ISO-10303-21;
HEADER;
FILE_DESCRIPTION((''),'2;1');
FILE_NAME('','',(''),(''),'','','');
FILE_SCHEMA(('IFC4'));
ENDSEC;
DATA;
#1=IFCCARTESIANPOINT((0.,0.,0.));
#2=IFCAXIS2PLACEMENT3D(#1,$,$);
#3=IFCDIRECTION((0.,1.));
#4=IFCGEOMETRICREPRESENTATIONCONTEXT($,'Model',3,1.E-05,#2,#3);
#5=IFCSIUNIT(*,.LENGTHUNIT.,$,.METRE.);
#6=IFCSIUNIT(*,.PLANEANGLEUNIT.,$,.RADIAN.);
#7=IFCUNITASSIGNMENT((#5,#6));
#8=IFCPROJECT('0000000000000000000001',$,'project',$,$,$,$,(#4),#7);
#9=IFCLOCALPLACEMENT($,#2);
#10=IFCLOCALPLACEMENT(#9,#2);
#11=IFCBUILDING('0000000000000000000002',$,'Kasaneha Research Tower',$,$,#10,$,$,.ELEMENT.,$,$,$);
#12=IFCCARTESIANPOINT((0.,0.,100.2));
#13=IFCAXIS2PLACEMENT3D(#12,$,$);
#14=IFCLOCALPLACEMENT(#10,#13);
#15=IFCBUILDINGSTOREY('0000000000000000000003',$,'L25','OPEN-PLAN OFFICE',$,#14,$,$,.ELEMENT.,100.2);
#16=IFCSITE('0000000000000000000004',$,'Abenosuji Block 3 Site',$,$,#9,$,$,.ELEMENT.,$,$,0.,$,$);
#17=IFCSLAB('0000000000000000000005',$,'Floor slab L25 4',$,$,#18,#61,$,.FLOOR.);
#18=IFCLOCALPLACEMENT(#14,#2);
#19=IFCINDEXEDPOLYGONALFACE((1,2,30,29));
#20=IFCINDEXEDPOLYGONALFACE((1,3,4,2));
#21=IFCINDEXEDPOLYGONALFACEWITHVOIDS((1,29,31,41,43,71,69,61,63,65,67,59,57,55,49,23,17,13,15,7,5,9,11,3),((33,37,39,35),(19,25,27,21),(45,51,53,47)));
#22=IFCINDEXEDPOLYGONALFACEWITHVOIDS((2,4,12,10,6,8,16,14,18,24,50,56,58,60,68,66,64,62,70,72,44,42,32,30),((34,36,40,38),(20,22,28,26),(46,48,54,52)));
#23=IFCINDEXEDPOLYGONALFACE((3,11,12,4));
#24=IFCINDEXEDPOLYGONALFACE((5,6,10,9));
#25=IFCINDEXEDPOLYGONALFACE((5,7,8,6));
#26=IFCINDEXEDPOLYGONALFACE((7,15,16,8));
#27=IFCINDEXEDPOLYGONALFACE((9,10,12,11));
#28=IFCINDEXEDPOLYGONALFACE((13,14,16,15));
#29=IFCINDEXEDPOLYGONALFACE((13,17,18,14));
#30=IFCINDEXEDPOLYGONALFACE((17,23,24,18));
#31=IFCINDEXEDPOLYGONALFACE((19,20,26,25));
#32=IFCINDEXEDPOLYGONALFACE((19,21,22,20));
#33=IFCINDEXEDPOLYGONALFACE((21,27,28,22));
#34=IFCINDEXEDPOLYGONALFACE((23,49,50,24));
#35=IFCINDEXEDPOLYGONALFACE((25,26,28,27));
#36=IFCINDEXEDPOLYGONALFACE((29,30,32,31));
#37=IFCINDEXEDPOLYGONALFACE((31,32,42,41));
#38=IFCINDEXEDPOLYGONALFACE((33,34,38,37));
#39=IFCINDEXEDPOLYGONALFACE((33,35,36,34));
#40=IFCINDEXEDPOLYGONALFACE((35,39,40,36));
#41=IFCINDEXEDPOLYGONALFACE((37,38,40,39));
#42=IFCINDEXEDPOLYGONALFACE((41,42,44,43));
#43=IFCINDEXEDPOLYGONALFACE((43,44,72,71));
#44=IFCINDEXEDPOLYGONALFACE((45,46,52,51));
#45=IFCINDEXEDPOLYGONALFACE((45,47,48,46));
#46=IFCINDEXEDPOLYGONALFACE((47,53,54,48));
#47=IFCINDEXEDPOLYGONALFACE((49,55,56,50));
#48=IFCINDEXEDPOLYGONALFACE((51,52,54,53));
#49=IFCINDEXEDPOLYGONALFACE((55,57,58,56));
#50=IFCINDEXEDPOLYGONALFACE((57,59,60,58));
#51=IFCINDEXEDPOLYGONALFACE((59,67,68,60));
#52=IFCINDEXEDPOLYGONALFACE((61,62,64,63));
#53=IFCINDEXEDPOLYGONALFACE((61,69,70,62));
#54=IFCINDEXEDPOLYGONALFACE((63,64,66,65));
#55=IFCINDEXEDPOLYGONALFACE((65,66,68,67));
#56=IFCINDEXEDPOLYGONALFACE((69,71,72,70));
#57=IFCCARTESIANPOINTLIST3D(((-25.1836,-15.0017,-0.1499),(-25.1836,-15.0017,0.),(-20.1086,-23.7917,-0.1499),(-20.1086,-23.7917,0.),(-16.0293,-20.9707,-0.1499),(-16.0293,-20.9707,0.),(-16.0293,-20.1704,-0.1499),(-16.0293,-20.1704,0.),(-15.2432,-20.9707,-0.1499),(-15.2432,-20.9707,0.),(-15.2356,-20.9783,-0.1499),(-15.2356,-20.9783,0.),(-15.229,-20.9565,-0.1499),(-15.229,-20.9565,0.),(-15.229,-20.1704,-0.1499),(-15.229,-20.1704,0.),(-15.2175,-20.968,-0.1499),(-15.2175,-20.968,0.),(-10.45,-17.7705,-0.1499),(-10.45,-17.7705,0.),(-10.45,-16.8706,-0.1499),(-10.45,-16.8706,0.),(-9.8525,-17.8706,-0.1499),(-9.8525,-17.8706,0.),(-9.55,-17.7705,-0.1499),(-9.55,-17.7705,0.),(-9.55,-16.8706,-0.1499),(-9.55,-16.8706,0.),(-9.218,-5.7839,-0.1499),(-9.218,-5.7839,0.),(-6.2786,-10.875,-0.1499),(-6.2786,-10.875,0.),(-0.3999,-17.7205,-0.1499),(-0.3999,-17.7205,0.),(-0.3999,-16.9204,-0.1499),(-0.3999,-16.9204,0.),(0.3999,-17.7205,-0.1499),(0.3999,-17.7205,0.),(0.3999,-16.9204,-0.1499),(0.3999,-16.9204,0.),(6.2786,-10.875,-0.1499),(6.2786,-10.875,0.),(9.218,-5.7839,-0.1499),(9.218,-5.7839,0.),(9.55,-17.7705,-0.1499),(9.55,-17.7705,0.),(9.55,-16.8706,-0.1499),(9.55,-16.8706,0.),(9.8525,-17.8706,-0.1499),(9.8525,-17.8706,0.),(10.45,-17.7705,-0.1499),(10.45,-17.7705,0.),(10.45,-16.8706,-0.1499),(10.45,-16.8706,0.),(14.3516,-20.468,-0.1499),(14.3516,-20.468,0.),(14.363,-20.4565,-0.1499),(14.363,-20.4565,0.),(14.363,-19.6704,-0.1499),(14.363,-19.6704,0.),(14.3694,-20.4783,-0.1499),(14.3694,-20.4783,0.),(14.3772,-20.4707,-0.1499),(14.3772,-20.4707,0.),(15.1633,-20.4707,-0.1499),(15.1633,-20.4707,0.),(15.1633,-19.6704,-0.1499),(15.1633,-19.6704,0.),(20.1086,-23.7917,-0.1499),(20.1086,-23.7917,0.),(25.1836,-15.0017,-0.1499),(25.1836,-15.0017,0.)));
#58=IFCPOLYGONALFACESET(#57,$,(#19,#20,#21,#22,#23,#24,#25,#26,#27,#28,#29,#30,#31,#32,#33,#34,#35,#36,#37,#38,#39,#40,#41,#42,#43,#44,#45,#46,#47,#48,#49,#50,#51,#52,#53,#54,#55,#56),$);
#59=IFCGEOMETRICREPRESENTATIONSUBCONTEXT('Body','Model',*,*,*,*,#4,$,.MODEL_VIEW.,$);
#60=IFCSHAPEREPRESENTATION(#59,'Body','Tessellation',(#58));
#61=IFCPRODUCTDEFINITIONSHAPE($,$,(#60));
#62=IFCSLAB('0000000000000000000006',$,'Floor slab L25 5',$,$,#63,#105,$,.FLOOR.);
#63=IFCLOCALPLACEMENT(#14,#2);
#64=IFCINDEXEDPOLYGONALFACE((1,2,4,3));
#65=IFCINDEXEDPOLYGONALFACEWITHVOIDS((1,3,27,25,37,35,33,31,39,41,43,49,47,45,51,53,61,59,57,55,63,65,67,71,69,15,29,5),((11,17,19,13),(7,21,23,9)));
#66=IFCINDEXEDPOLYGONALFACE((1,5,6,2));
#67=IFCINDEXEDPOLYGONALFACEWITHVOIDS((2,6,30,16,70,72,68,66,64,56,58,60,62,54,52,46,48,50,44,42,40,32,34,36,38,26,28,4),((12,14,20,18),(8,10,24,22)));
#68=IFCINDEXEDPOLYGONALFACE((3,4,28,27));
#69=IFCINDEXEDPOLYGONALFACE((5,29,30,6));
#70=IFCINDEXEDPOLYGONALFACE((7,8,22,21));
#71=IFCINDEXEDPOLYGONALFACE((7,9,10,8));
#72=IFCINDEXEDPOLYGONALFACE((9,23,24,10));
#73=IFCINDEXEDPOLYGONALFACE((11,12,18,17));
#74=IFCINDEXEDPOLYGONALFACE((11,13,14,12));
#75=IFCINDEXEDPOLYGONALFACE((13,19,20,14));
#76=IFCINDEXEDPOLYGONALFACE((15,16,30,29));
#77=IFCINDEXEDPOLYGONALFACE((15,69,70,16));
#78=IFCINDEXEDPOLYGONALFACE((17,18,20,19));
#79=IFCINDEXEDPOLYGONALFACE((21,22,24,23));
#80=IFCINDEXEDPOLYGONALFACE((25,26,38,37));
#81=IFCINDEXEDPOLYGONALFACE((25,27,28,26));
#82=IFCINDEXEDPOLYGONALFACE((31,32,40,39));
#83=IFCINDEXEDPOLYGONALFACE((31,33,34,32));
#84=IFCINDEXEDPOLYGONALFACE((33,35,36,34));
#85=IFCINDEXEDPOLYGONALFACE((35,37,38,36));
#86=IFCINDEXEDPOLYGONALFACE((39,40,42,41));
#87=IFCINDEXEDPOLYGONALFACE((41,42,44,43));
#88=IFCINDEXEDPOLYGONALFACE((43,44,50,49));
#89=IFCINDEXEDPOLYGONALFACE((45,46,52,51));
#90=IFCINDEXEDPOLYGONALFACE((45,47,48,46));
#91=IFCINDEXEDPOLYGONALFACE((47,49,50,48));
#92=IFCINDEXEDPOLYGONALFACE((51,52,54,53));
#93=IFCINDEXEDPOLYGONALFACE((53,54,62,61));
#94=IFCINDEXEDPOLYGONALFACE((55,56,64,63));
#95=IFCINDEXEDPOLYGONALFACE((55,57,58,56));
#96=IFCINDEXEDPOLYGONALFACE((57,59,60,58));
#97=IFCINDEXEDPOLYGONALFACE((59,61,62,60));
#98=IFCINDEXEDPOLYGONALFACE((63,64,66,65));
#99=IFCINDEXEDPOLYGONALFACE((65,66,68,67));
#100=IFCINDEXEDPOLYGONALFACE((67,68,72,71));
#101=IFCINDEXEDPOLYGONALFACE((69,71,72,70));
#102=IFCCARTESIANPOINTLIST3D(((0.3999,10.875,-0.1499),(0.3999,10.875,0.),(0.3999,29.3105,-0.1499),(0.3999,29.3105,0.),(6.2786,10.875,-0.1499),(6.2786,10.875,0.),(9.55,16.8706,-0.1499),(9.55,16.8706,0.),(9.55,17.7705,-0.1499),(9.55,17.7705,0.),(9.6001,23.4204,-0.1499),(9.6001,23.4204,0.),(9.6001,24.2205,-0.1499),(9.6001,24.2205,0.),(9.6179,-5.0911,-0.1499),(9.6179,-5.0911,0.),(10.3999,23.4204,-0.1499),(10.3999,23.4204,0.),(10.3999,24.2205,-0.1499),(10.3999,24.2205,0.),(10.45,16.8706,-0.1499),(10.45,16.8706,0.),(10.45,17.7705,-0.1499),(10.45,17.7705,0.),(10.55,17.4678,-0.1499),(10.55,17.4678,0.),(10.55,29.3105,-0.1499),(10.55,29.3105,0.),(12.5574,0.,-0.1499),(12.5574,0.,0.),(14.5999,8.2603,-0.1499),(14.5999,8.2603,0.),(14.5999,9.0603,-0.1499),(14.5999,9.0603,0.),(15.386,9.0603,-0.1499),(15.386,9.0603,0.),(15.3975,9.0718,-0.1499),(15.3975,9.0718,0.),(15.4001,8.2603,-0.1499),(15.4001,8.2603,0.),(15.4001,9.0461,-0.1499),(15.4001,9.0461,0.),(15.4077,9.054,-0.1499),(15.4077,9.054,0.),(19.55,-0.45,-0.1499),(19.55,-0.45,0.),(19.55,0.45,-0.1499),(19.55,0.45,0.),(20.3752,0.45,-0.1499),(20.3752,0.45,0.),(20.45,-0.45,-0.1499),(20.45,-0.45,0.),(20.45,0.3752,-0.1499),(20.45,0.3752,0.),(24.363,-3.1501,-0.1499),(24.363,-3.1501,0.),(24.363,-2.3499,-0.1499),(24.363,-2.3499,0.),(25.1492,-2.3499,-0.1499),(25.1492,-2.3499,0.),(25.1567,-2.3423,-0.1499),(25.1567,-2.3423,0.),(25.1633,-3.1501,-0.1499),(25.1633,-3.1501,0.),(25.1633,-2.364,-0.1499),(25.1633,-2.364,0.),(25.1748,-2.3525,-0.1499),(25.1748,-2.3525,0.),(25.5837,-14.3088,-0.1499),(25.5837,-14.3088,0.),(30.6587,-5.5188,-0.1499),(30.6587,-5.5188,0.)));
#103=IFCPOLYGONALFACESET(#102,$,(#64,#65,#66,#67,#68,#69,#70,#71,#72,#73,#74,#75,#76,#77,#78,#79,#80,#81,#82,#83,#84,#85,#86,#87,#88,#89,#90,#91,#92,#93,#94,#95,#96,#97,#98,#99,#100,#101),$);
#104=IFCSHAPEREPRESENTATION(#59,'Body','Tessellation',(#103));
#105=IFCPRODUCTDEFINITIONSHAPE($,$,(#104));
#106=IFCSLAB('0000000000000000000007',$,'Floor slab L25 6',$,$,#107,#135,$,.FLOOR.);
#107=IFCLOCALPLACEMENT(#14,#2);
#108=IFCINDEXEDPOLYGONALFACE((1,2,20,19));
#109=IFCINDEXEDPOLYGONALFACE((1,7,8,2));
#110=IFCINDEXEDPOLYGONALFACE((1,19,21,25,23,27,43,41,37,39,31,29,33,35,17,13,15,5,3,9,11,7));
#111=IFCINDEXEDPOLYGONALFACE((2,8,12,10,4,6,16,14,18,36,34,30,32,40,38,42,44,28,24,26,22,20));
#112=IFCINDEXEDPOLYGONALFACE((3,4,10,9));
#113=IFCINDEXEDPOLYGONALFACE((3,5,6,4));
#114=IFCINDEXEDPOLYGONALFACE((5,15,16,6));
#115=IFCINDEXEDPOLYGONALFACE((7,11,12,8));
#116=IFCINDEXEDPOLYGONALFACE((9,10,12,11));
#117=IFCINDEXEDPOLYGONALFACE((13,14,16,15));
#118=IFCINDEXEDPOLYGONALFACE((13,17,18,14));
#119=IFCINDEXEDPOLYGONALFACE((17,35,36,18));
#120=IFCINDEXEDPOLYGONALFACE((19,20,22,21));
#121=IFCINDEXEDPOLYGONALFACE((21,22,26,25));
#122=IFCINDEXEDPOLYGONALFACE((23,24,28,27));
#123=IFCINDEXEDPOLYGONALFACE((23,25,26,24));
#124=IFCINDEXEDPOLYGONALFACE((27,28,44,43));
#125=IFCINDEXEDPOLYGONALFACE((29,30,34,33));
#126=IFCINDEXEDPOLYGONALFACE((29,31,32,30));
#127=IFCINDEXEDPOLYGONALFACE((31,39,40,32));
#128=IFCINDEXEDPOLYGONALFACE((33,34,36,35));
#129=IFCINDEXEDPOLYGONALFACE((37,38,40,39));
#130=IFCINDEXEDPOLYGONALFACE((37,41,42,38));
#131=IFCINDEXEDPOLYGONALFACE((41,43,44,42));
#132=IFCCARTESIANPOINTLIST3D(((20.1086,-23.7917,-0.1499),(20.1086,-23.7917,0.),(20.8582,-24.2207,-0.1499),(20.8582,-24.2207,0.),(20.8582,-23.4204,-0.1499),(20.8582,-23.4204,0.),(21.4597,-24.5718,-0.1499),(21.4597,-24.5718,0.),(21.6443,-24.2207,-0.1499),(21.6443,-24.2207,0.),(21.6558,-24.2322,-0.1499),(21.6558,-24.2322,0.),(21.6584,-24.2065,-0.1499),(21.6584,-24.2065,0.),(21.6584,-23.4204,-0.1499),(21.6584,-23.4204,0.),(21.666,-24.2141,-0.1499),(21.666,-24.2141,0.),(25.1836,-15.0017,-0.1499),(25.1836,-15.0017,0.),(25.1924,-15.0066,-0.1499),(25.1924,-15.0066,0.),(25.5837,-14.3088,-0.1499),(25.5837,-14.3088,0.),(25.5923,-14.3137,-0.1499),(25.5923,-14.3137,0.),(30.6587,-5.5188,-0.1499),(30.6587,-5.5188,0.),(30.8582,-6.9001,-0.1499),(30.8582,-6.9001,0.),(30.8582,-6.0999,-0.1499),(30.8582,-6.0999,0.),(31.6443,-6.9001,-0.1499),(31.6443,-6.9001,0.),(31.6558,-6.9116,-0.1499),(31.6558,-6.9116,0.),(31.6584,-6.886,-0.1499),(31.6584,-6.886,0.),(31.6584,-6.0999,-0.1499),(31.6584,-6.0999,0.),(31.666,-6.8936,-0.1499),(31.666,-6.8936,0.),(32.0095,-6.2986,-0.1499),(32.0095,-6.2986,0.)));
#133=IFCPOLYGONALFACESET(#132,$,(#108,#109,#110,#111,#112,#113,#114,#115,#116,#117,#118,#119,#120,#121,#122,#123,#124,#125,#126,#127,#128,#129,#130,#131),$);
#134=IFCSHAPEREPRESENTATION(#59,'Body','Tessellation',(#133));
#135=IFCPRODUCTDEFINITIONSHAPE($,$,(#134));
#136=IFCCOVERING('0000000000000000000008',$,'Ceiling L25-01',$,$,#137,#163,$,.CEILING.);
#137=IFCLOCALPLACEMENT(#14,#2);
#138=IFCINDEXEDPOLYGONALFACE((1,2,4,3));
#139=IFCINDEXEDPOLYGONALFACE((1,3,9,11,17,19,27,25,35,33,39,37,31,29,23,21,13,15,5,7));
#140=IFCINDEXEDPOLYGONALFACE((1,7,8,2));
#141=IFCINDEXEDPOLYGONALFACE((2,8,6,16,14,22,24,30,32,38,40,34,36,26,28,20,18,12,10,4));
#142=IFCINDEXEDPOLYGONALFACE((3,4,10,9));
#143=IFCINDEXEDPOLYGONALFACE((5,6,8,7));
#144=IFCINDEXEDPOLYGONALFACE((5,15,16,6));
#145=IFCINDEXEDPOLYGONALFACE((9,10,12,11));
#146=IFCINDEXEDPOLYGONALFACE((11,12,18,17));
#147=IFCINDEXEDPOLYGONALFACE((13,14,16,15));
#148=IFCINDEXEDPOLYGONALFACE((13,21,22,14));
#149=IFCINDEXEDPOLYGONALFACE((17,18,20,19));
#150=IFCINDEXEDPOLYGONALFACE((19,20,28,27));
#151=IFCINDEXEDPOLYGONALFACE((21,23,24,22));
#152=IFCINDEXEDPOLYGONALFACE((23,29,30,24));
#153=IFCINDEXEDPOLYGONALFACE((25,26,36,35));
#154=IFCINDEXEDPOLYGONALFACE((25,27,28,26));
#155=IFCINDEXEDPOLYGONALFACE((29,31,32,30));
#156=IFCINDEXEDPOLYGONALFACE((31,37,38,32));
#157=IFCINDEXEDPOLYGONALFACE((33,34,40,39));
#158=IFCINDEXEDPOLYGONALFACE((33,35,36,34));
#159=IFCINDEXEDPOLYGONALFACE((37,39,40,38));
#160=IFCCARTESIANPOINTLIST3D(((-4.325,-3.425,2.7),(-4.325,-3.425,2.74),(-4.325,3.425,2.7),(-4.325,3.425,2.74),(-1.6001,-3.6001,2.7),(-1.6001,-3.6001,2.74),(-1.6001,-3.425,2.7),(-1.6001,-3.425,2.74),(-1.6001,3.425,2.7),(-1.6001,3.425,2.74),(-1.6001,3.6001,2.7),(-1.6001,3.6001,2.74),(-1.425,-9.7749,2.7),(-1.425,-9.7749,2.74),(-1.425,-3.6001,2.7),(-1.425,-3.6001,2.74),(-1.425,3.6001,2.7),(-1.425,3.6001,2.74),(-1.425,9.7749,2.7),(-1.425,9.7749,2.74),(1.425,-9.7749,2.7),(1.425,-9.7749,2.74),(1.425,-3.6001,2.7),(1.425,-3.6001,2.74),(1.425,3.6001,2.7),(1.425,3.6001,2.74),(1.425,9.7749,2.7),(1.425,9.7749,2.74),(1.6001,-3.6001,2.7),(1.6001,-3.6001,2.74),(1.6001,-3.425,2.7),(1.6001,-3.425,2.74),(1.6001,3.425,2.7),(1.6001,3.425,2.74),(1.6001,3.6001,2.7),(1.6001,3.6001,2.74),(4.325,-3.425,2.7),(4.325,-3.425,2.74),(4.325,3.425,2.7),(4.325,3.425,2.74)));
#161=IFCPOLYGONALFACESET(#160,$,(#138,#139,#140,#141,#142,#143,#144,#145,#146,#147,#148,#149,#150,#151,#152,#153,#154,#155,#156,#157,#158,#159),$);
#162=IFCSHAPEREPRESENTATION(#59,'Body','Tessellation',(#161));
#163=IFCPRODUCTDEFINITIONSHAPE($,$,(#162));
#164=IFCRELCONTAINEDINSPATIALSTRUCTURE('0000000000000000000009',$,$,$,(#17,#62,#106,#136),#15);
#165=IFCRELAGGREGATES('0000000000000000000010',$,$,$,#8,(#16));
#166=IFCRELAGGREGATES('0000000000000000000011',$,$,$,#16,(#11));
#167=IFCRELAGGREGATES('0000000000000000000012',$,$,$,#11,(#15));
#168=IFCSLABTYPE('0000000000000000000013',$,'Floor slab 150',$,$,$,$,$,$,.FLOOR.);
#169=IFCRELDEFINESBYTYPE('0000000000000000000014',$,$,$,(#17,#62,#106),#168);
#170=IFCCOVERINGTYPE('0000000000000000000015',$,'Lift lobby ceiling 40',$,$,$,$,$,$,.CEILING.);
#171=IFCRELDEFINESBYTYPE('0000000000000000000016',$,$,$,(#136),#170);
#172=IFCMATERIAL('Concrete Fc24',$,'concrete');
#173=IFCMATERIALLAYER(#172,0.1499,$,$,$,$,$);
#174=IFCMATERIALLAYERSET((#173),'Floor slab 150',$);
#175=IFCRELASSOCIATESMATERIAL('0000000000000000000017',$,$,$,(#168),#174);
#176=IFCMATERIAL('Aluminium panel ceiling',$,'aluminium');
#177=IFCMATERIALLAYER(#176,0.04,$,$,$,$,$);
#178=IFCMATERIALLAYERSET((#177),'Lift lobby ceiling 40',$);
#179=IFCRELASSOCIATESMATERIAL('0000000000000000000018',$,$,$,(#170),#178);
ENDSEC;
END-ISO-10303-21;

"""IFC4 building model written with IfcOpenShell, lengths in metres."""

from ifc_helpers import new_model, si_unit, direction, frame, origin, place, context, subcontext, project, spatial, polyline, outline, extrude, material, layer, layer_set, type_object, element, save


model = new_model("IFC4")

# Units and contexts
model_context = context("Model", 3, precision=1e-05, world=origin(), true_north=direction((0.0, 1.0)))
body_context = subcontext(model_context, "Body", "Model", "MODEL_VIEW")
ifc_project = project(units=[si_unit("LENGTHUNIT", "METRE"), si_unit("PLANEANGLEUNIT", "RADIAN")], contexts=[model_context])

# Site, building, storey
site_placement = place(None, origin())
site = spatial("IfcSite", under=ifc_project, at=site_placement, Name="Abenosuji Block 3 Site", CompositionType="ELEMENT", RefElevation=0.0)
building_placement = place(site_placement, origin())
building = spatial("IfcBuilding", under=site, at=building_placement, Name="Kasaneha Research Tower", CompositionType="ELEMENT")
storey_placement = place(building_placement, frame((0.0, 0.0, 100.2)))
storey = spatial("IfcBuildingStorey", under=building, at=storey_placement, Name="L25", Description="OPEN-PLAN OFFICE", CompositionType="ELEMENT", Elevation=100.2)

# Slabs
ifc_material_1 = material(Name="Concrete Fc24", Category="concrete")
ifc_layer_1 = layer(ifc_material_1, 0.1499)
ifc_layer_set_1 = layer_set([ifc_layer_1], Name="Floor slab 150")
slab_type_1 = type_object("IfcSlabType", Name="Floor slab 150", PredefinedType="FLOOR", material=ifc_layer_set_1)
slab_1_placement = place(storey_placement, frame((0.0, 0.0, -0.1499)))
element("IfcSlab", 1, at=slab_1_placement, inside=storey, type_object=slab_type_1, Name="Floor slab L25 4", PredefinedType="FLOOR", context=body_context, shape_type="SweptSolid", body=[
    extrude(outline(polyline([(-6.2786, -10.875), (6.2786, -10.875), (9.218, -5.7839), (25.1836, -15.0017), (20.1086, -23.7917), (14.3694, -20.4783), (14.3772, -20.4707), (15.1633, -20.4707), (15.1633, -19.6704), (14.363, -19.6704), (14.363, -20.4565), (14.3516, -20.468), (9.8525, -17.8706), (-9.8525, -17.8706), (-15.2175, -20.968), (-15.229, -20.9565), (-15.229, -20.1704), (-16.0293, -20.1704), (-16.0293, -20.9707), (-15.2432, -20.9707), (-15.2356, -20.9783), (-20.1086, -23.7917), (-25.1836, -15.0017), (-9.218, -5.7839), (-6.2786, -10.875)]), holes=[polyline([(0.3999, -17.7205), (0.3999, -16.9204), (-0.3999, -16.9204), (-0.3999, -17.7205), (0.3999, -17.7205)]), polyline([(-9.55, -16.8706), (-10.45, -16.8706), (-10.45, -17.7705), (-9.55, -17.7705), (-9.55, -16.8706)]), polyline([(10.45, -16.8706), (9.55, -16.8706), (9.55, -17.7705), (10.45, -17.7705), (10.45, -16.8706)])]), origin(), (0.0, 0.0, 1.0), 0.1499),
])
slab_2_placement = place(storey_placement, frame((0.0, 0.0, -0.1499)))
element("IfcSlab", 2, at=slab_2_placement, inside=storey, type_object=slab_type_1, Name="Floor slab L25 5", PredefinedType="FLOOR", context=body_context, shape_type="SweptSolid", body=[
    extrude(outline(polyline([(9.6179, -5.0911), (12.5574, 0.0), (6.2786, 10.875), (0.3999, 10.875), (0.3999, 29.3105), (10.55, 29.3105), (10.55, 17.4678), (15.3975, 9.0718), (15.386, 9.0603), (14.5999, 9.0603), (14.5999, 8.2603), (15.4001, 8.2603), (15.4001, 9.0461), (15.4077, 9.054), (20.3752, 0.45), (19.55, 0.45), (19.55, -0.45), (20.45, -0.45), (20.45, 0.3752), (25.1567, -2.3423), (25.1492, -2.3499), (24.363, -2.3499), (24.363, -3.1501), (25.1633, -3.1501), (25.1633, -2.364), (25.1748, -2.3525), (30.6587, -5.5188), (25.5837, -14.3088), (9.6179, -5.0911)]), holes=[polyline([(10.45, 16.8706), (10.45, 17.7705), (9.55, 17.7705), (9.55, 16.8706), (10.45, 16.8706)]), polyline([(10.3999, 23.4204), (10.3999, 24.2205), (9.6001, 24.2205), (9.6001, 23.4204), (10.3999, 23.4204)])]), origin(), (0.0, 0.0, 1.0), 0.1499),
])
slab_3_placement = place(storey_placement, frame((0.0, 0.0, -0.1499)))
element("IfcSlab", 3, at=slab_3_placement, inside=storey, type_object=slab_type_1, Name="Floor slab L25 6", PredefinedType="FLOOR", context=body_context, shape_type="SweptSolid", body=[
    extrude(outline(polyline([(25.1924, -15.0066), (25.5923, -14.3137), (25.5837, -14.3088), (30.6587, -5.5188), (32.0095, -6.2986), (31.666, -6.8936), (31.6584, -6.886), (31.6584, -6.0999), (30.8582, -6.0999), (30.8582, -6.9001), (31.6443, -6.9001), (31.6558, -6.9116), (21.666, -24.2141), (21.6584, -24.2065), (21.6584, -23.4204), (20.8582, -23.4204), (20.8582, -24.2207), (21.6443, -24.2207), (21.6558, -24.2322), (21.4597, -24.5718), (20.1086, -23.7917), (25.1836, -15.0017), (25.1924, -15.0066)])), origin(), (0.0, 0.0, 1.0), 0.1499),
])

# Covering
ifc_material_2 = material(Name="Aluminium panel ceiling", Category="aluminium")
ifc_layer_2 = layer(ifc_material_2, 0.04)
ifc_layer_set_2 = layer_set([ifc_layer_2], Name="Lift lobby ceiling 40")
covering_type_1 = type_object("IfcCoveringType", Name="Lift lobby ceiling 40", PredefinedType="CEILING", material=ifc_layer_set_2)
covering_1_placement = place(storey_placement, frame((0.0, 0.0, 2.7)))
element("IfcCovering", 4, at=covering_1_placement, inside=storey, type_object=covering_type_1, Name="Ceiling L25-01", PredefinedType="CEILING", context=body_context, shape_type="SweptSolid", body=[
    extrude(outline(polyline([(1.425, 9.7749), (1.425, 3.6001), (1.6001, 3.6001), (1.6001, 3.425), (4.325, 3.425), (4.325, -3.425), (1.6001, -3.425), (1.6001, -3.6001), (1.425, -3.6001), (1.425, -9.7749), (-1.425, -9.7749), (-1.425, -3.6001), (-1.6001, -3.6001), (-1.6001, -3.425), (-4.325, -3.425), (-4.325, 3.425), (-1.6001, 3.425), (-1.6001, 3.6001), (-1.425, 3.6001), (-1.425, 9.7749), (1.425, 9.7749)])), origin(), (0.0, 0.0, 1.0), 0.04),
])

save(model, "model.ifc")
